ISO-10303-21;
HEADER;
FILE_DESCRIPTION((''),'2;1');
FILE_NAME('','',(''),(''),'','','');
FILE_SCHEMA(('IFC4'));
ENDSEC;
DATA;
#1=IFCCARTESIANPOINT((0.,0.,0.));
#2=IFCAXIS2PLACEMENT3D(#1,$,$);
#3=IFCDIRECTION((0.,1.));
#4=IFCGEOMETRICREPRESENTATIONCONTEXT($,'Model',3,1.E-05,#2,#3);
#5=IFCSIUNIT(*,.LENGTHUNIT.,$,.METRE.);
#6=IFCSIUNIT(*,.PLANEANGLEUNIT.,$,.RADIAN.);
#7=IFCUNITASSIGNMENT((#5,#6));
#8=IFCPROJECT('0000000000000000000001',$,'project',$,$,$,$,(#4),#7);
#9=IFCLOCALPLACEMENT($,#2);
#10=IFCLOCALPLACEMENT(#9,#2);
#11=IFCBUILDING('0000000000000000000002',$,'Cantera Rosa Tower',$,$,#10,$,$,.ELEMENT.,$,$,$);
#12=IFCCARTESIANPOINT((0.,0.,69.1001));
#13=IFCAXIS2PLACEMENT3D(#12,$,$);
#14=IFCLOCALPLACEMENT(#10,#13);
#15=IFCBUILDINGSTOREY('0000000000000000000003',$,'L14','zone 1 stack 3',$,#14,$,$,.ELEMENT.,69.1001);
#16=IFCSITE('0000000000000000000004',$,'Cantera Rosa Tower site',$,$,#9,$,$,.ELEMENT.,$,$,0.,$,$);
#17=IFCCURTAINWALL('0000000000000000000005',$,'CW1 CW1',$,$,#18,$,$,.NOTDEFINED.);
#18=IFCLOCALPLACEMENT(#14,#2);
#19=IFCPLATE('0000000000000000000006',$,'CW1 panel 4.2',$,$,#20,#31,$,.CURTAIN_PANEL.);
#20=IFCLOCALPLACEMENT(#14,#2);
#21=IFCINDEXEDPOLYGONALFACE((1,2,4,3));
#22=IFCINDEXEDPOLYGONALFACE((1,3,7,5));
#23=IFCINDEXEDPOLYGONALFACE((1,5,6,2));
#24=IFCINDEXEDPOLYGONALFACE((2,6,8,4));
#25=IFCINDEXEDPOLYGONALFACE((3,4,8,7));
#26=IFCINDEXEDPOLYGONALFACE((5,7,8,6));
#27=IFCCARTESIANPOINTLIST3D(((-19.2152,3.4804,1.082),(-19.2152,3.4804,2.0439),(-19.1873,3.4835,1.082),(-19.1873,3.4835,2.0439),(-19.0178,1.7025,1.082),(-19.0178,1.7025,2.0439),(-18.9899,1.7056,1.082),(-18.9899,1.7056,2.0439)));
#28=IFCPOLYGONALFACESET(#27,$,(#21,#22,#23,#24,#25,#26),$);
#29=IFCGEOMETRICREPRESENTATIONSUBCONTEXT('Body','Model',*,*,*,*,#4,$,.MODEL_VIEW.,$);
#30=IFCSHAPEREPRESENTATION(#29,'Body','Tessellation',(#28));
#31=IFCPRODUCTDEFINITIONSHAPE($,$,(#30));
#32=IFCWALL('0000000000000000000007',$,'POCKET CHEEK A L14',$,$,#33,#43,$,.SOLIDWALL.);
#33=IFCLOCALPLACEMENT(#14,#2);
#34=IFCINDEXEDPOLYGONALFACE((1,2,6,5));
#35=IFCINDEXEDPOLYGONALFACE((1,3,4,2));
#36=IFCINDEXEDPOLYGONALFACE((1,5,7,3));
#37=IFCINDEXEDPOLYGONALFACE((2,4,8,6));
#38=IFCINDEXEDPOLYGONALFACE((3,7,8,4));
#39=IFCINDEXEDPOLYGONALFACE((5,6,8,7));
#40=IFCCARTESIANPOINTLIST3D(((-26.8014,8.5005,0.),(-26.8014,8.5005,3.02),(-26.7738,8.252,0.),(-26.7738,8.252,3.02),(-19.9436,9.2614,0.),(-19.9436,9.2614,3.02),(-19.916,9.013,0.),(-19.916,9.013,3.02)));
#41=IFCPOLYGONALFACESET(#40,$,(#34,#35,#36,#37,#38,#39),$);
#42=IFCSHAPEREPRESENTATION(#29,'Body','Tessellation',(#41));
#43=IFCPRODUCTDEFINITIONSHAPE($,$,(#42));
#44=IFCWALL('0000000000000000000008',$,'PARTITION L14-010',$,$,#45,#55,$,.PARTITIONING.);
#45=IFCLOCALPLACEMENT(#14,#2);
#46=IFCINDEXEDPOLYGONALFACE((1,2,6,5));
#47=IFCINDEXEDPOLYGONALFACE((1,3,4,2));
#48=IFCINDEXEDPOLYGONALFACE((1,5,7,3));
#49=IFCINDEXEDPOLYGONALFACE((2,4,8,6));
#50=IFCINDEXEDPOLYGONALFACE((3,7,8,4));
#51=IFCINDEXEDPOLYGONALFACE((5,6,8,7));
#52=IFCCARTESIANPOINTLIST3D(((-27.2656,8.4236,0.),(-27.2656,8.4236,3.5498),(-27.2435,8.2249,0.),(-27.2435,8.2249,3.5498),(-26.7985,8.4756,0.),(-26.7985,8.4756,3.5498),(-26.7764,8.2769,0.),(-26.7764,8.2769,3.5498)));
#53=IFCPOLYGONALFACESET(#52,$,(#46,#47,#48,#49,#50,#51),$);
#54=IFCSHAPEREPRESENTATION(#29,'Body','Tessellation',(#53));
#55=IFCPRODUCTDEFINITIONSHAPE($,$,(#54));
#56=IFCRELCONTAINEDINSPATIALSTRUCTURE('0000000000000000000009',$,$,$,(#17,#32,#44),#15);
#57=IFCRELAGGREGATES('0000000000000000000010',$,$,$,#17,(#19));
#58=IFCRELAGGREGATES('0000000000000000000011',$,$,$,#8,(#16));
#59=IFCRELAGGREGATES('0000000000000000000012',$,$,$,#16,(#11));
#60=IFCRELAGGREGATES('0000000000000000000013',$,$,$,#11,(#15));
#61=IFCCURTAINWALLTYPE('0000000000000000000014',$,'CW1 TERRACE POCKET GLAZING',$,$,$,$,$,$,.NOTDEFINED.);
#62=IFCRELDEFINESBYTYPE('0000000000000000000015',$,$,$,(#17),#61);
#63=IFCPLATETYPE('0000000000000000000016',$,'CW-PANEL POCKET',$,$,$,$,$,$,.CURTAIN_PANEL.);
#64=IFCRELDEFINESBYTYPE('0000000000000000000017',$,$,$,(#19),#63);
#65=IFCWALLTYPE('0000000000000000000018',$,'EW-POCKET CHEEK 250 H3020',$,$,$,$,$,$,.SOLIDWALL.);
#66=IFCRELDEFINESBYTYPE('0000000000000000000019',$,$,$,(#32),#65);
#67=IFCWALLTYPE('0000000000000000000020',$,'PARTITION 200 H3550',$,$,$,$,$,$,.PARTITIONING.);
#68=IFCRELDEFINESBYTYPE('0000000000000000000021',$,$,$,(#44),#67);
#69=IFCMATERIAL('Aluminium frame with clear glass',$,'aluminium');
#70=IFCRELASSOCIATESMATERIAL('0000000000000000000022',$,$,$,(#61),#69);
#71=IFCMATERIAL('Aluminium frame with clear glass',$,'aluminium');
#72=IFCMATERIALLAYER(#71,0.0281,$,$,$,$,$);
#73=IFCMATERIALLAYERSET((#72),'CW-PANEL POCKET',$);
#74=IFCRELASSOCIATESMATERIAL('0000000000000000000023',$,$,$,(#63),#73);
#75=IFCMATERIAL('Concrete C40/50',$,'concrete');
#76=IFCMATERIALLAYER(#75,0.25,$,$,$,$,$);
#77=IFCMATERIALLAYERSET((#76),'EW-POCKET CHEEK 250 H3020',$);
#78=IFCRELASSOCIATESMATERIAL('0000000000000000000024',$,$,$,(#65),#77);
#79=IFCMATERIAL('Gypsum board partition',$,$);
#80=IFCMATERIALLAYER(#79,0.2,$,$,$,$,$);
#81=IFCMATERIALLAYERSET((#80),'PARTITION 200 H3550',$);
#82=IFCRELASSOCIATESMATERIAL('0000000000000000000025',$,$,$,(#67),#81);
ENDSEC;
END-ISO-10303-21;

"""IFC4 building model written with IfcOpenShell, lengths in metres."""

from ifc_helpers import new_model, si_unit, direction, frame, frame_2d, origin, origin_2d, place, context, subcontext, project, spatial, rectangle, extrude, material, layer, layer_set, type_object, element, aggregate, save


model = new_model("IFC4")

# Units and contexts
model_context = context("Model", 3, precision=1e-05, world=origin(), true_north=direction((0.0, 1.0)))
body_context = subcontext(model_context, "Body", "Model", "MODEL_VIEW")
ifc_project = project(units=[si_unit("LENGTHUNIT", "METRE"), si_unit("PLANEANGLEUNIT", "RADIAN")], contexts=[model_context])

# Site, building, storey
site_placement = place(None, origin())
site = spatial("IfcSite", under=ifc_project, at=site_placement, Name="Cantera Rosa Tower site", CompositionType="ELEMENT", RefElevation=0.0)
building_placement = place(site_placement, origin())
building = spatial("IfcBuilding", under=site, at=building_placement, Name="Cantera Rosa Tower", CompositionType="ELEMENT")
storey_placement = place(building_placement, frame((0.0, 0.0, 69.1001)))
storey = spatial("IfcBuildingStorey", under=building, at=storey_placement, Name="L14", Description="zone 1 stack 3", CompositionType="ELEMENT", Elevation=69.1001)

# Curtain wall
ifc_material_1 = material(Name="Aluminium frame with clear glass", Category="aluminium")
curtain_wall_type = type_object("IfcCurtainWallType", Name="CW1 TERRACE POCKET GLAZING", PredefinedType="NOTDEFINED", material=ifc_material_1)
curtain_wall_placement = place(storey_placement, origin())
curtain_wall = element("IfcCurtainWall", 1, at=curtain_wall_placement, inside=storey, type_object=curtain_wall_type, Name="CW1 CW1", PredefinedType="NOTDEFINED")

# Plate
ifc_material_2 = material(Name="Aluminium frame with clear glass", Category="aluminium")
ifc_layer_1 = layer(ifc_material_2, 0.0281)
ifc_layer_set_1 = layer_set([ifc_layer_1], Name="CW-PANEL POCKET")
plate_type = type_object("IfcPlateType", Name="CW-PANEL POCKET", PredefinedType="CURTAIN_PANEL", material=ifc_layer_set_1)
plate_1_placement = place(storey_placement, frame((-19.1025, 2.593, 1.082), z_axis=(0.0, 0.0, 1.0), x_axis=(0.110313, -0.993897, 0.0)))
plate_1 = element("IfcPlate", 2, at=plate_1_placement, type_object=plate_type, Name="CW1 panel 4.2", PredefinedType="CURTAIN_PANEL", context=body_context, shape_type="SweptSolid", body=[
    extrude(rectangle(XDim=1.7888, YDim=0.0281, at=origin_2d()), origin(), (0.0, 0.0, 1.0), 0.9619),
])
aggregate(curtain_wall, [plate_1])

# Walls
ifc_material_3 = material(Name="Concrete C40/50", Category="concrete")
ifc_layer_2 = layer(ifc_material_3, 0.25)
ifc_layer_set_2 = layer_set([ifc_layer_2], Name="EW-POCKET CHEEK 250 H3020")
wall_type_1 = type_object("IfcWallType", Name="EW-POCKET CHEEK 250 H3020", PredefinedType="SOLIDWALL", material=ifc_layer_set_2)
wall_1_placement = place(storey_placement, frame((-26.7876, 8.3762, 0.0), z_axis=(0.0, 0.0, 1.0), x_axis=(0.9939, 0.110288, 0.0)))
element("IfcWall", 3, at=wall_1_placement, inside=storey, type_object=wall_type_1, Name="POCKET CHEEK A L14", PredefinedType="SOLIDWALL", context=body_context, shape_type="SweptSolid", body=[
    extrude(rectangle(XDim=6.8999, YDim=0.25, at=frame_2d((3.45, 0.0))), origin(), (0.0, 0.0, 1.0), 3.02),
])
ifc_material_4 = material(Name="Gypsum board partition")
ifc_layer_3 = layer(ifc_material_4, 0.2)
ifc_layer_set_3 = layer_set([ifc_layer_3], Name="PARTITION 200 H3550")
wall_type_2 = type_object("IfcWallType", Name="PARTITION 200 H3550", PredefinedType="PARTITIONING", material=ifc_layer_set_3)
wall_2_placement = place(storey_placement, frame((-26.7876, 8.3762, 0.0), z_axis=(0.0, 0.0, 1.0), x_axis=(-0.993858, -0.11066, 0.0)))
element("IfcWall", 4, at=wall_2_placement, inside=storey, type_object=wall_type_2, Name="PARTITION L14-010", PredefinedType="PARTITIONING", context=body_context, shape_type="SweptSolid", body=[
    extrude(rectangle(XDim=0.47, YDim=0.2, at=frame_2d((0.2349, 0.0))), origin(), (0.0, 0.0, 1.0), 3.5498),
])

save(model, "model.ifc")
